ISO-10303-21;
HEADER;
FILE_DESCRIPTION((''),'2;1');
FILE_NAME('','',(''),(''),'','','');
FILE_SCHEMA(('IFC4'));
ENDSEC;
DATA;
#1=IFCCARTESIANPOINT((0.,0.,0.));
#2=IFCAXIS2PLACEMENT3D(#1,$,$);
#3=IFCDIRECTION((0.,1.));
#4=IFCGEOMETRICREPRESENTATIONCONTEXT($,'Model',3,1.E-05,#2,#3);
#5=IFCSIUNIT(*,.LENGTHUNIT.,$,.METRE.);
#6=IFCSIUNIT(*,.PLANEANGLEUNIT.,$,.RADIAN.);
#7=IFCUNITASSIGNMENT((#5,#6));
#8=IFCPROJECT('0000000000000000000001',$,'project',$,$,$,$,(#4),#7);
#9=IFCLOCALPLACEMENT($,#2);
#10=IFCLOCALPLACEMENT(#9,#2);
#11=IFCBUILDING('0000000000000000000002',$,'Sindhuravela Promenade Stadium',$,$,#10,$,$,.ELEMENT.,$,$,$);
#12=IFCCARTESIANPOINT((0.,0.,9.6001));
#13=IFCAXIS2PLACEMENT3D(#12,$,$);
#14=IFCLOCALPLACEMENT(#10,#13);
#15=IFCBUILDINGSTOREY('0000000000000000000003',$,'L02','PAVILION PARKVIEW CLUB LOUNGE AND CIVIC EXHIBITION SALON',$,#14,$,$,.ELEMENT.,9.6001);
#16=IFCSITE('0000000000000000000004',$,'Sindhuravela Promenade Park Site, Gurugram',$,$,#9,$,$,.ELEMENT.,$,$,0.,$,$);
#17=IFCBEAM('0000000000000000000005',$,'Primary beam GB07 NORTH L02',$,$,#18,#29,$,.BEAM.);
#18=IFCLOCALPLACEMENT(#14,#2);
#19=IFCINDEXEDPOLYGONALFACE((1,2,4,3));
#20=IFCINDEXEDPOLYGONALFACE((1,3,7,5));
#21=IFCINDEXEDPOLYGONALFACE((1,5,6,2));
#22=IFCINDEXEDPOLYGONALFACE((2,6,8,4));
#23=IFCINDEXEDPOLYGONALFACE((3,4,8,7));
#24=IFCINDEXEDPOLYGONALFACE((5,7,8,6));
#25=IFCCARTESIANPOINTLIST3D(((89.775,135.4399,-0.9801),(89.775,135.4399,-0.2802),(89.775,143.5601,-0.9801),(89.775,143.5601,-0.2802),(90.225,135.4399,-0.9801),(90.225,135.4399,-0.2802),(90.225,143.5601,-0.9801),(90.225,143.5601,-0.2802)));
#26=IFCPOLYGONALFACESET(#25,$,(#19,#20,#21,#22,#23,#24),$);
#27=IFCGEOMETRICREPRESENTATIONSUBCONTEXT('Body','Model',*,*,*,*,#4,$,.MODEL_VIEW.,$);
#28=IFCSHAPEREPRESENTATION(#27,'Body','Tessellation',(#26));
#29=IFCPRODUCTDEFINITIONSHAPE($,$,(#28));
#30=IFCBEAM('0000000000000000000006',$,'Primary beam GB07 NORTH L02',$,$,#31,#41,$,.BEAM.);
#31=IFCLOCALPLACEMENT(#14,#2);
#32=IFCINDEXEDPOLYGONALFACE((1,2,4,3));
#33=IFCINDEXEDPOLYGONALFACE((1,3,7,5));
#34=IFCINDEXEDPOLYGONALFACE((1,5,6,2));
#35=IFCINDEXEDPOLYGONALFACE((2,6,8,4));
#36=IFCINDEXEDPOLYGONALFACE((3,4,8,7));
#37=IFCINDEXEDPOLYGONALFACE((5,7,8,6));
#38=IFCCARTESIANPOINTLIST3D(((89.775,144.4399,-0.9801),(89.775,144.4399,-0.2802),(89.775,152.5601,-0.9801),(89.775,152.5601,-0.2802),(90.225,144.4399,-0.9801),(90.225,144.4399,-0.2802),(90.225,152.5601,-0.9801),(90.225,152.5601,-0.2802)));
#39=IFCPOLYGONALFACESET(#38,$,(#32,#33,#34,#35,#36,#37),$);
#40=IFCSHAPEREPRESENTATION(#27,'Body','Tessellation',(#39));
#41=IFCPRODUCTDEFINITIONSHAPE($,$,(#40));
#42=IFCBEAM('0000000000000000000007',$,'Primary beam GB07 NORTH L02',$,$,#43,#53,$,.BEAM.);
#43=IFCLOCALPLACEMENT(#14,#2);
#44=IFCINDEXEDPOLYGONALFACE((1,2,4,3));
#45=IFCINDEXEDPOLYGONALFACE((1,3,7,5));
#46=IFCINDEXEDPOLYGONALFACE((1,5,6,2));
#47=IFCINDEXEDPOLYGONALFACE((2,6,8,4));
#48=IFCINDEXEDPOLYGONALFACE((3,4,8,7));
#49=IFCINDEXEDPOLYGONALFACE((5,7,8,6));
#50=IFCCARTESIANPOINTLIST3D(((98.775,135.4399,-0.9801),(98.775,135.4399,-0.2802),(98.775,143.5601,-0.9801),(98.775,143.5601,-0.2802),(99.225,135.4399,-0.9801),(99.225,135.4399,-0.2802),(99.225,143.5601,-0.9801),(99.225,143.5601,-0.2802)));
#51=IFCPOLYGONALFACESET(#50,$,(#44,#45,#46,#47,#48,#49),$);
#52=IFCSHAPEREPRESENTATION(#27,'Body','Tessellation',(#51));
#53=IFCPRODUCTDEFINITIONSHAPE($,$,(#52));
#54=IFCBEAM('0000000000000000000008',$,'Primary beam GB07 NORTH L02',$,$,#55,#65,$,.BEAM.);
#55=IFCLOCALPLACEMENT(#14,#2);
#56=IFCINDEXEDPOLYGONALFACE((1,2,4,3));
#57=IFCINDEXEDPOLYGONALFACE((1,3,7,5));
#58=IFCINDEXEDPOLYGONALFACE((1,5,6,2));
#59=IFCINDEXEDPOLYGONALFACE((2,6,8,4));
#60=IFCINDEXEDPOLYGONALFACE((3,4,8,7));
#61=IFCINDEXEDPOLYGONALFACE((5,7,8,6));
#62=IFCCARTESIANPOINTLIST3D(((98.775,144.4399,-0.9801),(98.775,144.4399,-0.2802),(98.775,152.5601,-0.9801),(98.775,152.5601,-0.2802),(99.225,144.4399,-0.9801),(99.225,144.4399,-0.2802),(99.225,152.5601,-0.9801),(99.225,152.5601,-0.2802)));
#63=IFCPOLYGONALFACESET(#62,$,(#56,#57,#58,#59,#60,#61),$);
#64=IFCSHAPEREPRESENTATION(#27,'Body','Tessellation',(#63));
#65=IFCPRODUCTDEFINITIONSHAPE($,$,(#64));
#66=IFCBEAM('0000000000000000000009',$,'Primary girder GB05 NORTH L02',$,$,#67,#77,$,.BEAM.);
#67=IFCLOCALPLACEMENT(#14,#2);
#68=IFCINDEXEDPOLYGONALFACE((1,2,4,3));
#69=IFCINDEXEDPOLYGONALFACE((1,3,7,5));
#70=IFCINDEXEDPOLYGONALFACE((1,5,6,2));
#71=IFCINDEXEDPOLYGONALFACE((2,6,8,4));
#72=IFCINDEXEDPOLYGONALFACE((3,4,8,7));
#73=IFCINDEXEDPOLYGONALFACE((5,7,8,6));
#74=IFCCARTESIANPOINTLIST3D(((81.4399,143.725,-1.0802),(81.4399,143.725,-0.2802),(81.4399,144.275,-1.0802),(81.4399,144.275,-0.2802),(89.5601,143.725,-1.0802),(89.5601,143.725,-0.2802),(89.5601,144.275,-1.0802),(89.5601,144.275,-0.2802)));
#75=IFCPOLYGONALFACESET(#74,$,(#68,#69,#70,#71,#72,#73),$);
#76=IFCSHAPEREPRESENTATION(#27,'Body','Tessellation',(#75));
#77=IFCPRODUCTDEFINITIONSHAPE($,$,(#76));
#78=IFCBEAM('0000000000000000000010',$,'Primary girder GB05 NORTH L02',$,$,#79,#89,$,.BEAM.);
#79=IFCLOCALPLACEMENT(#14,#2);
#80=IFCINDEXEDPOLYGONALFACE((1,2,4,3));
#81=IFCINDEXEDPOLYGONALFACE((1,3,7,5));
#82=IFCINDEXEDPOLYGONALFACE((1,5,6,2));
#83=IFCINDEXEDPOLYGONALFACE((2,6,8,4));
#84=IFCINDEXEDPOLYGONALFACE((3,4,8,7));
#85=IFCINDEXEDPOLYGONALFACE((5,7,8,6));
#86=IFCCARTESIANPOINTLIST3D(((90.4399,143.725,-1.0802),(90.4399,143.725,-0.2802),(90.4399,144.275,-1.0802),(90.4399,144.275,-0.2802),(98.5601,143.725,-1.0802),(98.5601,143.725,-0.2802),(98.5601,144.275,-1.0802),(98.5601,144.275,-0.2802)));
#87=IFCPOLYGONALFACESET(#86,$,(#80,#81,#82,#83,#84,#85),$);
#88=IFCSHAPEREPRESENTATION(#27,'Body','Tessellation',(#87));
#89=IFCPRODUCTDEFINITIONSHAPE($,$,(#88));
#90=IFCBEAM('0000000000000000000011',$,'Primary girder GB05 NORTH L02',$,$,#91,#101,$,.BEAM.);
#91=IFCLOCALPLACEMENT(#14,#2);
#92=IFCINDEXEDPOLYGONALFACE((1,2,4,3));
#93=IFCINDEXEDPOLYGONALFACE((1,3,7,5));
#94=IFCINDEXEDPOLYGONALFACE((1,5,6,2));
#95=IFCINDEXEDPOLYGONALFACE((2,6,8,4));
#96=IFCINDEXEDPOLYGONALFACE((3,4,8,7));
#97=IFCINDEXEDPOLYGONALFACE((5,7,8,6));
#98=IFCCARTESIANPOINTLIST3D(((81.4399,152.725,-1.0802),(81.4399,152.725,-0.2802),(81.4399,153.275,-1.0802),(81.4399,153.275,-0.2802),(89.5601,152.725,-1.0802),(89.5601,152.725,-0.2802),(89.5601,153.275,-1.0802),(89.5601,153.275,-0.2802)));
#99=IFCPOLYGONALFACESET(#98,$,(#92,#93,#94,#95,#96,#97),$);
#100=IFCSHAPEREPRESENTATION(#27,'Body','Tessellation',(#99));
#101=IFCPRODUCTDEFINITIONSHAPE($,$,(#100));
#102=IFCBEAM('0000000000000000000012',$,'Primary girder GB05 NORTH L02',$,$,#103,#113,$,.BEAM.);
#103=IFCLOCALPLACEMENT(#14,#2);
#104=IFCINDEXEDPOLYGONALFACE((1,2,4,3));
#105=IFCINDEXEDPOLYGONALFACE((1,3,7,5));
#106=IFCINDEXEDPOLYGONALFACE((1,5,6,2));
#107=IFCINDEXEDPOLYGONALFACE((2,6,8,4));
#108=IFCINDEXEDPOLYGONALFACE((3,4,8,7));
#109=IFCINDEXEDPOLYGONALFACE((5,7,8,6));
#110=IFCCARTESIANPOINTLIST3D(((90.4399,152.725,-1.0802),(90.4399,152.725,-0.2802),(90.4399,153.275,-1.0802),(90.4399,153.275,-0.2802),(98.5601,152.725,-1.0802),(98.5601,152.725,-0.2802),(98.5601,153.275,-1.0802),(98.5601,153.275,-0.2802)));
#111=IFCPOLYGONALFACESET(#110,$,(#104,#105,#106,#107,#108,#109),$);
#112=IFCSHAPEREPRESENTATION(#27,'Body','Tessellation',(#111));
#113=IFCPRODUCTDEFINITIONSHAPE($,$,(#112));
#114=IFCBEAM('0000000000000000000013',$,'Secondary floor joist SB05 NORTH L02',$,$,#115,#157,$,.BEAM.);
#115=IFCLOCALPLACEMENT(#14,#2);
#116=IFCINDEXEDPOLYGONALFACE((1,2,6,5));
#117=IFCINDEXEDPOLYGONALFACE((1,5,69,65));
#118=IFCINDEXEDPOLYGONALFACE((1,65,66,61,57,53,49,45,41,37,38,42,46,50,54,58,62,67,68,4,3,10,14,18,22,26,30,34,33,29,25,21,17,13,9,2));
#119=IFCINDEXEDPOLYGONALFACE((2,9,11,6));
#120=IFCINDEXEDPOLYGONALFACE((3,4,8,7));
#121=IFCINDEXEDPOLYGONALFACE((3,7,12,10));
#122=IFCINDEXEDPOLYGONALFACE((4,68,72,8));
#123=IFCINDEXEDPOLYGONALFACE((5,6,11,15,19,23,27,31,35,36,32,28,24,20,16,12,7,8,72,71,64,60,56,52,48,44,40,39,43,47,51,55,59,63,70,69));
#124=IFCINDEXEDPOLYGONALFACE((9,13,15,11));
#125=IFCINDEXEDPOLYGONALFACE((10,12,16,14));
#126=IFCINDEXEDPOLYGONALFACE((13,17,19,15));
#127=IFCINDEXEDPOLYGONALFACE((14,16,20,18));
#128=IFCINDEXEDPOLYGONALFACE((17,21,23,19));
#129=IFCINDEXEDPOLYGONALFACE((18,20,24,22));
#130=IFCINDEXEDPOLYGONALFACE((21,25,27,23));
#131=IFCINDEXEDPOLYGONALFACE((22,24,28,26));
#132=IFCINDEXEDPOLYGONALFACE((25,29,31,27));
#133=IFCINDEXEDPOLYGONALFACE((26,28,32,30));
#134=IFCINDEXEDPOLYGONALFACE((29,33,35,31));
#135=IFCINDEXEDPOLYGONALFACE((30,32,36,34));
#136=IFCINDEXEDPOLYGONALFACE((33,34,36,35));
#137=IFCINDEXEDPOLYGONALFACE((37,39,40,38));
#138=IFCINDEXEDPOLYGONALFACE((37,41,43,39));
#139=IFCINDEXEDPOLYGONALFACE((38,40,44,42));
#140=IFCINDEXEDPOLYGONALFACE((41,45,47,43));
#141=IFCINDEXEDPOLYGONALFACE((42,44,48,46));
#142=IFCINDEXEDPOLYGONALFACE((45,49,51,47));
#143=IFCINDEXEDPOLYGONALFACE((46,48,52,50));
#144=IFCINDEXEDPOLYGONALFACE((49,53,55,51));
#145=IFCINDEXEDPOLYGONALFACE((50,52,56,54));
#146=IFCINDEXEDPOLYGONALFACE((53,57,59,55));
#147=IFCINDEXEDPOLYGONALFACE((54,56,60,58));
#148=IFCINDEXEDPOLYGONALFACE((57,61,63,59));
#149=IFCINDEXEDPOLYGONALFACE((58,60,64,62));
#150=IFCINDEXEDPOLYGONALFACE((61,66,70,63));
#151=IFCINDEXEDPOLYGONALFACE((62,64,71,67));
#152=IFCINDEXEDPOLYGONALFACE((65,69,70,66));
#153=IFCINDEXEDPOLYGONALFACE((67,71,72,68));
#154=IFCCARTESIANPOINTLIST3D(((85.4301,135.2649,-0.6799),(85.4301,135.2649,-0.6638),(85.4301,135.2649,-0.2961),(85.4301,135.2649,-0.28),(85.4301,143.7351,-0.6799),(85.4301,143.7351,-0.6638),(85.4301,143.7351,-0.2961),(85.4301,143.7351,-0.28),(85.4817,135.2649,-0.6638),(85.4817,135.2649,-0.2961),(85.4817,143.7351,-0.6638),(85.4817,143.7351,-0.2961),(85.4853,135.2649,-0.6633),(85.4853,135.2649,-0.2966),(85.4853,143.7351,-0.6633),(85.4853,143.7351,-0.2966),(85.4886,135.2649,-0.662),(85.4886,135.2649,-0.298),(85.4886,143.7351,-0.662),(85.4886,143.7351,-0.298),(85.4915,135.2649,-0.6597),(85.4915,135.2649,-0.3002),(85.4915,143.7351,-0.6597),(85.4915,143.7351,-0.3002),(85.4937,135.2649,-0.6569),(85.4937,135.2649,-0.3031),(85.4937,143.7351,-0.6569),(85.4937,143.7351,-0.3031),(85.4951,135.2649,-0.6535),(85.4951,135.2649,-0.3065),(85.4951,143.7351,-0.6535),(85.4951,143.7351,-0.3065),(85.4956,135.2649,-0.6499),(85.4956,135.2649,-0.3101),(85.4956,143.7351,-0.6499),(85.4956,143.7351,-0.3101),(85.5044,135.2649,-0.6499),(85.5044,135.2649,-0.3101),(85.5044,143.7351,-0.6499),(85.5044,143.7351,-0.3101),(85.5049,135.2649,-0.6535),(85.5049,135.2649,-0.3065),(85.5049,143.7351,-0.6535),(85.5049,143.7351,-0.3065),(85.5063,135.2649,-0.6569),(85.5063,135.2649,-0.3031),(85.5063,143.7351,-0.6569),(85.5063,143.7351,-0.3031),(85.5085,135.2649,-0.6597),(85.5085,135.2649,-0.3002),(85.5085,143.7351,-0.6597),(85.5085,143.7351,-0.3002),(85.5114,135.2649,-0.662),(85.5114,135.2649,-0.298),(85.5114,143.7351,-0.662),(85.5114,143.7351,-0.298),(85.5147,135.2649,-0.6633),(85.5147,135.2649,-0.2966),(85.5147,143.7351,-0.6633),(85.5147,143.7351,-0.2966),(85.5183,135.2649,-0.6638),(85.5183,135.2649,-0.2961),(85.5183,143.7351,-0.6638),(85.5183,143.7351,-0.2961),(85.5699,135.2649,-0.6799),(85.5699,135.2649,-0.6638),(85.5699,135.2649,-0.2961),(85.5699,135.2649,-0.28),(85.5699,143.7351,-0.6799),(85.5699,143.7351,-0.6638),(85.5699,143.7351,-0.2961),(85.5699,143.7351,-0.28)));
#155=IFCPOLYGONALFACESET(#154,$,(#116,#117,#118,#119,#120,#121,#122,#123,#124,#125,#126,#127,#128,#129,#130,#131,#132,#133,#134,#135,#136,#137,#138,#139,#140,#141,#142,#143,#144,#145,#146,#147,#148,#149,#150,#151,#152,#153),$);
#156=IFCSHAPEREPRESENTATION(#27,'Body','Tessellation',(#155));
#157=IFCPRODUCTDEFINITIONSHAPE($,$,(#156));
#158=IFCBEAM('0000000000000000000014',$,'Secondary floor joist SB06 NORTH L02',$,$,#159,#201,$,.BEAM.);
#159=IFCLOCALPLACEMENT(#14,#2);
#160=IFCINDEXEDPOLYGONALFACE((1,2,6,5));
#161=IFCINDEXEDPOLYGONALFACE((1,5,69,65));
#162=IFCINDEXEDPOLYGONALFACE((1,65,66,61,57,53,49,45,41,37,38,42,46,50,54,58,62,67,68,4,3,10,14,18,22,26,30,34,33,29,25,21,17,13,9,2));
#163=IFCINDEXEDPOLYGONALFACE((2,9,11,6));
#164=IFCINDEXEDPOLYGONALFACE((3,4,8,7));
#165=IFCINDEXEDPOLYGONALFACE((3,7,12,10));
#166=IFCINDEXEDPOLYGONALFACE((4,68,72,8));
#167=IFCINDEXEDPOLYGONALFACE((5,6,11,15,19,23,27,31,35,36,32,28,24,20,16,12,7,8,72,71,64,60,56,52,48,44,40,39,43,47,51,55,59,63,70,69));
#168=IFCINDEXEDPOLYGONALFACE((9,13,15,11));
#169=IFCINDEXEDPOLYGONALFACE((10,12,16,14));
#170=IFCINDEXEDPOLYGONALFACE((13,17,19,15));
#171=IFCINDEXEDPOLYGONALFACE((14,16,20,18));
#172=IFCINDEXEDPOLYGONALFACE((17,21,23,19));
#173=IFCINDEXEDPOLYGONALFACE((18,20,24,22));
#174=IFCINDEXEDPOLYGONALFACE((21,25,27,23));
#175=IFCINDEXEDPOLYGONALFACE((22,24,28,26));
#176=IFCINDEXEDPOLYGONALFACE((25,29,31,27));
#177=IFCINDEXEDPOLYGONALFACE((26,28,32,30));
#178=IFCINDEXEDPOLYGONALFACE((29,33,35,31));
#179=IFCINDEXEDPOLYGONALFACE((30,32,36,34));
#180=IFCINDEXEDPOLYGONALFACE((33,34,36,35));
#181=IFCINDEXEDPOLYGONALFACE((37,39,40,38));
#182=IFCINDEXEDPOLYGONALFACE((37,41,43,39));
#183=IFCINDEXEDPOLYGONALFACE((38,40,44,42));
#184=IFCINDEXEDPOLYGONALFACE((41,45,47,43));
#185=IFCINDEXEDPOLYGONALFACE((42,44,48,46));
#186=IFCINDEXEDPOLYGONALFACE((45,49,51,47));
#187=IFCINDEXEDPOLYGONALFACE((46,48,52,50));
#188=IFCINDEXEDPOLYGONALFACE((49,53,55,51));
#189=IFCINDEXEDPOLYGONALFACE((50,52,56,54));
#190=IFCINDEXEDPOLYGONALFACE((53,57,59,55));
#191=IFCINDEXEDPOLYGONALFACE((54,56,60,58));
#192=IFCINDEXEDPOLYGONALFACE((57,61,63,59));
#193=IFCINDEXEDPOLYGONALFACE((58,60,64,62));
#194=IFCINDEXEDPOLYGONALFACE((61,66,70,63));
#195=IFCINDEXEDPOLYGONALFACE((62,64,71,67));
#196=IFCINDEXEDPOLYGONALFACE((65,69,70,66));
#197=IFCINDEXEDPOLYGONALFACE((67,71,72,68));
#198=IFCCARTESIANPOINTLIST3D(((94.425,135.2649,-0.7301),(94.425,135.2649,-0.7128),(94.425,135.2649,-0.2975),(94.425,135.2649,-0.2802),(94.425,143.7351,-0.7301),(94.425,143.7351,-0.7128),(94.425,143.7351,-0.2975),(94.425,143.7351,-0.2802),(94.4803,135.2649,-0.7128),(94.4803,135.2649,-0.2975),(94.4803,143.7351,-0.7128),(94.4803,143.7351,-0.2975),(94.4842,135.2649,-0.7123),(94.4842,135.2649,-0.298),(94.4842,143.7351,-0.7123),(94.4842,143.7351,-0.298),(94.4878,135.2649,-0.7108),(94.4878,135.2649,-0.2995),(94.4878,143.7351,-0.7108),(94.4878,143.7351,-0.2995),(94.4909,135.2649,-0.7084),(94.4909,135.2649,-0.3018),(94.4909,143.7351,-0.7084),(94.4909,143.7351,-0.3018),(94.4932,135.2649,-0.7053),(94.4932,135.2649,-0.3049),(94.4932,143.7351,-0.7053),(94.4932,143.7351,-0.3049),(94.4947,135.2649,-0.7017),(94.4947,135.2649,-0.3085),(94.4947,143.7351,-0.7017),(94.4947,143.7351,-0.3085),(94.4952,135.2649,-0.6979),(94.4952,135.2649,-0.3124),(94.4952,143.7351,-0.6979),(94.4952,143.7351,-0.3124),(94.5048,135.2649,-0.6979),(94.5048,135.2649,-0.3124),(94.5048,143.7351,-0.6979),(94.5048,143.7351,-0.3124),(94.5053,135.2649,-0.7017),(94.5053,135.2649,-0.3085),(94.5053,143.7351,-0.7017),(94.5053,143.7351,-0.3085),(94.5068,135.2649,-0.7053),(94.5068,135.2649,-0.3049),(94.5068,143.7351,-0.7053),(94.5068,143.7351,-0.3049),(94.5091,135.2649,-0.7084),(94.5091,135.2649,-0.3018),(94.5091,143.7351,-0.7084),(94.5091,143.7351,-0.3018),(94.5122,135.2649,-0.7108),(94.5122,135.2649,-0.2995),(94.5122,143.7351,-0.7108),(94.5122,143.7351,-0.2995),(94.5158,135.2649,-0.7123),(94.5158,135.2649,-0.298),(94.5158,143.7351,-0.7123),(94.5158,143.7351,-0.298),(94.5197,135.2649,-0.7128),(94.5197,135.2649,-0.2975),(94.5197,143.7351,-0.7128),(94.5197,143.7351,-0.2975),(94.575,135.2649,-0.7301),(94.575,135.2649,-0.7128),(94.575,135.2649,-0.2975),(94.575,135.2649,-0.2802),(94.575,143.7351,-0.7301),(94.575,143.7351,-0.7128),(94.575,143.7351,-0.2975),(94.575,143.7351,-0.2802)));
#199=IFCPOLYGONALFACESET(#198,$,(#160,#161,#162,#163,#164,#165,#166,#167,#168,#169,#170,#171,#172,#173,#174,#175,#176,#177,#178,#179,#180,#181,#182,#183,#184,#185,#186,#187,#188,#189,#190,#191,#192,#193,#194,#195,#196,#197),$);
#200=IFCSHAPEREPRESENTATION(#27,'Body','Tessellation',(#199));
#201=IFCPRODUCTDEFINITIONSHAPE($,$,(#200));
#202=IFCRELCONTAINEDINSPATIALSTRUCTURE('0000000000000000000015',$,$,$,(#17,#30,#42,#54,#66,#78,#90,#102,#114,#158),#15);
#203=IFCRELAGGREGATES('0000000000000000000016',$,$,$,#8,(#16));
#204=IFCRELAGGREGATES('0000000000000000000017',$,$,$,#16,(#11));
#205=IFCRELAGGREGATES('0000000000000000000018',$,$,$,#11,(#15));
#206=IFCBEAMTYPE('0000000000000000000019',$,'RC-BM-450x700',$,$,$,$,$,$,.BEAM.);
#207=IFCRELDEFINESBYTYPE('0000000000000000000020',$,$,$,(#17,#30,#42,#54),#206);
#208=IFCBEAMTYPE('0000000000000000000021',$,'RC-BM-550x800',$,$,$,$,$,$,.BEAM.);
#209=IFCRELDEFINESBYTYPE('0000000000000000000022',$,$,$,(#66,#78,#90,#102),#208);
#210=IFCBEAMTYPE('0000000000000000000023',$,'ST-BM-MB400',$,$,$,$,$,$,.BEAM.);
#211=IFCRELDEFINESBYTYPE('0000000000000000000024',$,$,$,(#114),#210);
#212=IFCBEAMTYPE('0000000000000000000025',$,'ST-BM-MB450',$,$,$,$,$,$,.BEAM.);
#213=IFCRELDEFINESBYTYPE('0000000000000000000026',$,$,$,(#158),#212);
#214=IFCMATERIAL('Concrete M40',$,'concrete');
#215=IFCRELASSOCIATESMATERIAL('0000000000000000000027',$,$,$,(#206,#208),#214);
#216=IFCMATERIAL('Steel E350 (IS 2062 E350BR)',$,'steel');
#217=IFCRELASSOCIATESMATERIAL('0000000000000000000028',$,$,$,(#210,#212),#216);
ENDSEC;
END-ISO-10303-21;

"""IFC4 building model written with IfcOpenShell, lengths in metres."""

from ifc_helpers import new_model, si_unit, direction, frame, origin, origin_2d, place, context, subcontext, project, spatial, rectangle, i_section, extrude, material, material_profile, profile_set, type_object, element, save


model = new_model("IFC4")

# Units and contexts
model_context = context("Model", 3, precision=1e-05, world=origin(), true_north=direction((0.0, 1.0)))
body_context = subcontext(model_context, "Body", "Model", "MODEL_VIEW")
ifc_project = project(units=[si_unit("LENGTHUNIT", "METRE"), si_unit("PLANEANGLEUNIT", "RADIAN")], contexts=[model_context])

# Site, building, storey
site_placement = place(None, origin())
site = spatial("IfcSite", under=ifc_project, at=site_placement, Name="Sindhuravela Promenade Park Site, Gurugram", CompositionType="ELEMENT", RefElevation=0.0)
building_placement = place(site_placement, origin())
building = spatial("IfcBuilding", under=site, at=building_placement, Name="Sindhuravela Promenade Stadium", CompositionType="ELEMENT")
storey_placement = place(building_placement, frame((0.0, 0.0, 9.6001)))
storey = spatial("IfcBuildingStorey", under=building, at=storey_placement, Name="L02", Description="PAVILION PARKVIEW CLUB LOUNGE AND CIVIC EXHIBITION SALON", CompositionType="ELEMENT", Elevation=9.6001)

# Shared definitions
ifc_material_1 = material(Name="Concrete M40", Category="concrete")

# Beams
ifc_material_profile_1 = material_profile(ifc_material_1, rectangle(XDim=0.45, YDim=0.7, at=origin_2d()), Name="RC 450x700")
ifc_profile_set_1 = profile_set([ifc_material_profile_1], Name="Concrete M40")
beam_type_1 = type_object("IfcBeamType", Name="RC-BM-450x700", PredefinedType="BEAM", material=ifc_profile_set_1)
for number, where, z_axis, x_axis, name in (
    (1, (90.0, 135.4399, -0.6301), (0.0, 1.0, 0.0), (-1.0, 0.0, 0.0), "Primary beam GB07 NORTH L02"),
    (2, (90.0, 144.4399, -0.6301), (0.0, 1.0, 0.0), (-1.0, 0.0, 0.0), "Primary beam GB07 NORTH L02"),
    (3, (99.0, 135.4399, -0.6301), (0.0, 1.0, 0.0), (-1.0, 0.0, 0.0), "Primary beam GB07 NORTH L02"),
    (4, (99.0, 144.4399, -0.6301), (0.0, 1.0, 0.0), (-1.0, 0.0, 0.0), "Primary beam GB07 NORTH L02"),
):
    element("IfcBeam", number, at=place(storey_placement, frame(where, z_axis=z_axis, x_axis=x_axis)), inside=storey, type_object=beam_type_1, Name=name, PredefinedType="BEAM", context=body_context, shape_type="SweptSolid", body=[
        extrude(rectangle(XDim=0.45, YDim=0.7, at=origin_2d()), origin(), (0.0, 0.0, 1.0), 8.1201),
    ])
ifc_material_profile_2 = material_profile(ifc_material_1, rectangle(XDim=0.55, YDim=0.8, at=origin_2d()), Name="RC 550x800")
ifc_profile_set_2 = profile_set([ifc_material_profile_2], Name="Concrete M40")
beam_type_2 = type_object("IfcBeamType", Name="RC-BM-550x800", PredefinedType="BEAM", material=ifc_profile_set_2)
for number, where, z_axis, x_axis, name in (
    (5, (81.4399, 144.0, -0.6802), (1.0, 0.0, 0.0), (0.0, 1.0, 0.0), "Primary girder GB05 NORTH L02"),
    (6, (90.4399, 144.0, -0.6802), (1.0, 0.0, 0.0), (0.0, 1.0, 0.0), "Primary girder GB05 NORTH L02"),
    (7, (81.4399, 153.0, -0.6802), (1.0, 0.0, 0.0), (0.0, 1.0, 0.0), "Primary girder GB05 NORTH L02"),
    (8, (90.4399, 153.0, -0.6802), (1.0, 0.0, 0.0), (0.0, 1.0, 0.0), "Primary girder GB05 NORTH L02"),
):
    element("IfcBeam", number, at=place(storey_placement, frame(where, z_axis=z_axis, x_axis=x_axis)), inside=storey, type_object=beam_type_2, Name=name, PredefinedType="BEAM", context=body_context, shape_type="SweptSolid", body=[
        extrude(rectangle(XDim=0.55, YDim=0.8, at=origin_2d()), origin(), (0.0, 0.0, 1.0), 8.1201),
    ])
ifc_material_2 = material(Name="Steel E350 (IS 2062 E350BR)", Category="steel")
ifc_material_profile_3 = material_profile(ifc_material_2, i_section(OverallWidth=0.1399, OverallDepth=0.3999, WebThickness=0.0088, FlangeThickness=0.0161, FilletRadius=0.0139, at=origin_2d()), Name="ISMB 400")
ifc_profile_set_3 = profile_set([ifc_material_profile_3], Name="Steel E350 (IS 2062 E350BR)")
beam_type_3 = type_object("IfcBeamType", Name="ST-BM-MB400", PredefinedType="BEAM", material=ifc_profile_set_3)
beam_1_placement = place(storey_placement, frame((85.5, 135.2649, -0.48), z_axis=(0.0, 1.0, 0.0), x_axis=(-1.0, 0.0, 0.0)))
element("IfcBeam", 9, at=beam_1_placement, inside=storey, type_object=beam_type_3, Name="Secondary floor joist SB05 NORTH L02", PredefinedType="BEAM", context=body_context, shape_type="SweptSolid", body=[
    extrude(i_section(OverallWidth=0.1399, OverallDepth=0.3999, WebThickness=0.0088, FlangeThickness=0.0161, FilletRadius=0.0139, at=origin_2d()), origin(), (0.0, 0.0, 1.0), 8.4702),
])
ifc_material_profile_4 = material_profile(ifc_material_2, i_section(OverallWidth=0.1499, OverallDepth=0.45, WebThickness=0.0095, FlangeThickness=0.0173, FilletRadius=0.0149, at=origin_2d()), Name="ISMB 450")
ifc_profile_set_4 = profile_set([ifc_material_profile_4], Name="Steel E350 (IS 2062 E350BR)")
beam_type_4 = type_object("IfcBeamType", Name="ST-BM-MB450", PredefinedType="BEAM", material=ifc_profile_set_4)
for number, where, z_axis, x_axis, name in (
    (10, (94.5, 135.2649, -0.5051), (0.0, 1.0, 0.0), (-1.0, 0.0, 0.0), "Secondary floor joist SB06 NORTH L02"),
):
    element("IfcBeam", number, at=place(storey_placement, frame(where, z_axis=z_axis, x_axis=x_axis)), inside=storey, type_object=beam_type_4, Name=name, PredefinedType="BEAM", context=body_context, shape_type="SweptSolid", body=[
        extrude(i_section(OverallWidth=0.1499, OverallDepth=0.45, WebThickness=0.0095, FlangeThickness=0.0173, FilletRadius=0.0149, at=origin_2d()), origin(), (0.0, 0.0, 1.0), 8.4702),
    ])

save(model, "model.ifc")
